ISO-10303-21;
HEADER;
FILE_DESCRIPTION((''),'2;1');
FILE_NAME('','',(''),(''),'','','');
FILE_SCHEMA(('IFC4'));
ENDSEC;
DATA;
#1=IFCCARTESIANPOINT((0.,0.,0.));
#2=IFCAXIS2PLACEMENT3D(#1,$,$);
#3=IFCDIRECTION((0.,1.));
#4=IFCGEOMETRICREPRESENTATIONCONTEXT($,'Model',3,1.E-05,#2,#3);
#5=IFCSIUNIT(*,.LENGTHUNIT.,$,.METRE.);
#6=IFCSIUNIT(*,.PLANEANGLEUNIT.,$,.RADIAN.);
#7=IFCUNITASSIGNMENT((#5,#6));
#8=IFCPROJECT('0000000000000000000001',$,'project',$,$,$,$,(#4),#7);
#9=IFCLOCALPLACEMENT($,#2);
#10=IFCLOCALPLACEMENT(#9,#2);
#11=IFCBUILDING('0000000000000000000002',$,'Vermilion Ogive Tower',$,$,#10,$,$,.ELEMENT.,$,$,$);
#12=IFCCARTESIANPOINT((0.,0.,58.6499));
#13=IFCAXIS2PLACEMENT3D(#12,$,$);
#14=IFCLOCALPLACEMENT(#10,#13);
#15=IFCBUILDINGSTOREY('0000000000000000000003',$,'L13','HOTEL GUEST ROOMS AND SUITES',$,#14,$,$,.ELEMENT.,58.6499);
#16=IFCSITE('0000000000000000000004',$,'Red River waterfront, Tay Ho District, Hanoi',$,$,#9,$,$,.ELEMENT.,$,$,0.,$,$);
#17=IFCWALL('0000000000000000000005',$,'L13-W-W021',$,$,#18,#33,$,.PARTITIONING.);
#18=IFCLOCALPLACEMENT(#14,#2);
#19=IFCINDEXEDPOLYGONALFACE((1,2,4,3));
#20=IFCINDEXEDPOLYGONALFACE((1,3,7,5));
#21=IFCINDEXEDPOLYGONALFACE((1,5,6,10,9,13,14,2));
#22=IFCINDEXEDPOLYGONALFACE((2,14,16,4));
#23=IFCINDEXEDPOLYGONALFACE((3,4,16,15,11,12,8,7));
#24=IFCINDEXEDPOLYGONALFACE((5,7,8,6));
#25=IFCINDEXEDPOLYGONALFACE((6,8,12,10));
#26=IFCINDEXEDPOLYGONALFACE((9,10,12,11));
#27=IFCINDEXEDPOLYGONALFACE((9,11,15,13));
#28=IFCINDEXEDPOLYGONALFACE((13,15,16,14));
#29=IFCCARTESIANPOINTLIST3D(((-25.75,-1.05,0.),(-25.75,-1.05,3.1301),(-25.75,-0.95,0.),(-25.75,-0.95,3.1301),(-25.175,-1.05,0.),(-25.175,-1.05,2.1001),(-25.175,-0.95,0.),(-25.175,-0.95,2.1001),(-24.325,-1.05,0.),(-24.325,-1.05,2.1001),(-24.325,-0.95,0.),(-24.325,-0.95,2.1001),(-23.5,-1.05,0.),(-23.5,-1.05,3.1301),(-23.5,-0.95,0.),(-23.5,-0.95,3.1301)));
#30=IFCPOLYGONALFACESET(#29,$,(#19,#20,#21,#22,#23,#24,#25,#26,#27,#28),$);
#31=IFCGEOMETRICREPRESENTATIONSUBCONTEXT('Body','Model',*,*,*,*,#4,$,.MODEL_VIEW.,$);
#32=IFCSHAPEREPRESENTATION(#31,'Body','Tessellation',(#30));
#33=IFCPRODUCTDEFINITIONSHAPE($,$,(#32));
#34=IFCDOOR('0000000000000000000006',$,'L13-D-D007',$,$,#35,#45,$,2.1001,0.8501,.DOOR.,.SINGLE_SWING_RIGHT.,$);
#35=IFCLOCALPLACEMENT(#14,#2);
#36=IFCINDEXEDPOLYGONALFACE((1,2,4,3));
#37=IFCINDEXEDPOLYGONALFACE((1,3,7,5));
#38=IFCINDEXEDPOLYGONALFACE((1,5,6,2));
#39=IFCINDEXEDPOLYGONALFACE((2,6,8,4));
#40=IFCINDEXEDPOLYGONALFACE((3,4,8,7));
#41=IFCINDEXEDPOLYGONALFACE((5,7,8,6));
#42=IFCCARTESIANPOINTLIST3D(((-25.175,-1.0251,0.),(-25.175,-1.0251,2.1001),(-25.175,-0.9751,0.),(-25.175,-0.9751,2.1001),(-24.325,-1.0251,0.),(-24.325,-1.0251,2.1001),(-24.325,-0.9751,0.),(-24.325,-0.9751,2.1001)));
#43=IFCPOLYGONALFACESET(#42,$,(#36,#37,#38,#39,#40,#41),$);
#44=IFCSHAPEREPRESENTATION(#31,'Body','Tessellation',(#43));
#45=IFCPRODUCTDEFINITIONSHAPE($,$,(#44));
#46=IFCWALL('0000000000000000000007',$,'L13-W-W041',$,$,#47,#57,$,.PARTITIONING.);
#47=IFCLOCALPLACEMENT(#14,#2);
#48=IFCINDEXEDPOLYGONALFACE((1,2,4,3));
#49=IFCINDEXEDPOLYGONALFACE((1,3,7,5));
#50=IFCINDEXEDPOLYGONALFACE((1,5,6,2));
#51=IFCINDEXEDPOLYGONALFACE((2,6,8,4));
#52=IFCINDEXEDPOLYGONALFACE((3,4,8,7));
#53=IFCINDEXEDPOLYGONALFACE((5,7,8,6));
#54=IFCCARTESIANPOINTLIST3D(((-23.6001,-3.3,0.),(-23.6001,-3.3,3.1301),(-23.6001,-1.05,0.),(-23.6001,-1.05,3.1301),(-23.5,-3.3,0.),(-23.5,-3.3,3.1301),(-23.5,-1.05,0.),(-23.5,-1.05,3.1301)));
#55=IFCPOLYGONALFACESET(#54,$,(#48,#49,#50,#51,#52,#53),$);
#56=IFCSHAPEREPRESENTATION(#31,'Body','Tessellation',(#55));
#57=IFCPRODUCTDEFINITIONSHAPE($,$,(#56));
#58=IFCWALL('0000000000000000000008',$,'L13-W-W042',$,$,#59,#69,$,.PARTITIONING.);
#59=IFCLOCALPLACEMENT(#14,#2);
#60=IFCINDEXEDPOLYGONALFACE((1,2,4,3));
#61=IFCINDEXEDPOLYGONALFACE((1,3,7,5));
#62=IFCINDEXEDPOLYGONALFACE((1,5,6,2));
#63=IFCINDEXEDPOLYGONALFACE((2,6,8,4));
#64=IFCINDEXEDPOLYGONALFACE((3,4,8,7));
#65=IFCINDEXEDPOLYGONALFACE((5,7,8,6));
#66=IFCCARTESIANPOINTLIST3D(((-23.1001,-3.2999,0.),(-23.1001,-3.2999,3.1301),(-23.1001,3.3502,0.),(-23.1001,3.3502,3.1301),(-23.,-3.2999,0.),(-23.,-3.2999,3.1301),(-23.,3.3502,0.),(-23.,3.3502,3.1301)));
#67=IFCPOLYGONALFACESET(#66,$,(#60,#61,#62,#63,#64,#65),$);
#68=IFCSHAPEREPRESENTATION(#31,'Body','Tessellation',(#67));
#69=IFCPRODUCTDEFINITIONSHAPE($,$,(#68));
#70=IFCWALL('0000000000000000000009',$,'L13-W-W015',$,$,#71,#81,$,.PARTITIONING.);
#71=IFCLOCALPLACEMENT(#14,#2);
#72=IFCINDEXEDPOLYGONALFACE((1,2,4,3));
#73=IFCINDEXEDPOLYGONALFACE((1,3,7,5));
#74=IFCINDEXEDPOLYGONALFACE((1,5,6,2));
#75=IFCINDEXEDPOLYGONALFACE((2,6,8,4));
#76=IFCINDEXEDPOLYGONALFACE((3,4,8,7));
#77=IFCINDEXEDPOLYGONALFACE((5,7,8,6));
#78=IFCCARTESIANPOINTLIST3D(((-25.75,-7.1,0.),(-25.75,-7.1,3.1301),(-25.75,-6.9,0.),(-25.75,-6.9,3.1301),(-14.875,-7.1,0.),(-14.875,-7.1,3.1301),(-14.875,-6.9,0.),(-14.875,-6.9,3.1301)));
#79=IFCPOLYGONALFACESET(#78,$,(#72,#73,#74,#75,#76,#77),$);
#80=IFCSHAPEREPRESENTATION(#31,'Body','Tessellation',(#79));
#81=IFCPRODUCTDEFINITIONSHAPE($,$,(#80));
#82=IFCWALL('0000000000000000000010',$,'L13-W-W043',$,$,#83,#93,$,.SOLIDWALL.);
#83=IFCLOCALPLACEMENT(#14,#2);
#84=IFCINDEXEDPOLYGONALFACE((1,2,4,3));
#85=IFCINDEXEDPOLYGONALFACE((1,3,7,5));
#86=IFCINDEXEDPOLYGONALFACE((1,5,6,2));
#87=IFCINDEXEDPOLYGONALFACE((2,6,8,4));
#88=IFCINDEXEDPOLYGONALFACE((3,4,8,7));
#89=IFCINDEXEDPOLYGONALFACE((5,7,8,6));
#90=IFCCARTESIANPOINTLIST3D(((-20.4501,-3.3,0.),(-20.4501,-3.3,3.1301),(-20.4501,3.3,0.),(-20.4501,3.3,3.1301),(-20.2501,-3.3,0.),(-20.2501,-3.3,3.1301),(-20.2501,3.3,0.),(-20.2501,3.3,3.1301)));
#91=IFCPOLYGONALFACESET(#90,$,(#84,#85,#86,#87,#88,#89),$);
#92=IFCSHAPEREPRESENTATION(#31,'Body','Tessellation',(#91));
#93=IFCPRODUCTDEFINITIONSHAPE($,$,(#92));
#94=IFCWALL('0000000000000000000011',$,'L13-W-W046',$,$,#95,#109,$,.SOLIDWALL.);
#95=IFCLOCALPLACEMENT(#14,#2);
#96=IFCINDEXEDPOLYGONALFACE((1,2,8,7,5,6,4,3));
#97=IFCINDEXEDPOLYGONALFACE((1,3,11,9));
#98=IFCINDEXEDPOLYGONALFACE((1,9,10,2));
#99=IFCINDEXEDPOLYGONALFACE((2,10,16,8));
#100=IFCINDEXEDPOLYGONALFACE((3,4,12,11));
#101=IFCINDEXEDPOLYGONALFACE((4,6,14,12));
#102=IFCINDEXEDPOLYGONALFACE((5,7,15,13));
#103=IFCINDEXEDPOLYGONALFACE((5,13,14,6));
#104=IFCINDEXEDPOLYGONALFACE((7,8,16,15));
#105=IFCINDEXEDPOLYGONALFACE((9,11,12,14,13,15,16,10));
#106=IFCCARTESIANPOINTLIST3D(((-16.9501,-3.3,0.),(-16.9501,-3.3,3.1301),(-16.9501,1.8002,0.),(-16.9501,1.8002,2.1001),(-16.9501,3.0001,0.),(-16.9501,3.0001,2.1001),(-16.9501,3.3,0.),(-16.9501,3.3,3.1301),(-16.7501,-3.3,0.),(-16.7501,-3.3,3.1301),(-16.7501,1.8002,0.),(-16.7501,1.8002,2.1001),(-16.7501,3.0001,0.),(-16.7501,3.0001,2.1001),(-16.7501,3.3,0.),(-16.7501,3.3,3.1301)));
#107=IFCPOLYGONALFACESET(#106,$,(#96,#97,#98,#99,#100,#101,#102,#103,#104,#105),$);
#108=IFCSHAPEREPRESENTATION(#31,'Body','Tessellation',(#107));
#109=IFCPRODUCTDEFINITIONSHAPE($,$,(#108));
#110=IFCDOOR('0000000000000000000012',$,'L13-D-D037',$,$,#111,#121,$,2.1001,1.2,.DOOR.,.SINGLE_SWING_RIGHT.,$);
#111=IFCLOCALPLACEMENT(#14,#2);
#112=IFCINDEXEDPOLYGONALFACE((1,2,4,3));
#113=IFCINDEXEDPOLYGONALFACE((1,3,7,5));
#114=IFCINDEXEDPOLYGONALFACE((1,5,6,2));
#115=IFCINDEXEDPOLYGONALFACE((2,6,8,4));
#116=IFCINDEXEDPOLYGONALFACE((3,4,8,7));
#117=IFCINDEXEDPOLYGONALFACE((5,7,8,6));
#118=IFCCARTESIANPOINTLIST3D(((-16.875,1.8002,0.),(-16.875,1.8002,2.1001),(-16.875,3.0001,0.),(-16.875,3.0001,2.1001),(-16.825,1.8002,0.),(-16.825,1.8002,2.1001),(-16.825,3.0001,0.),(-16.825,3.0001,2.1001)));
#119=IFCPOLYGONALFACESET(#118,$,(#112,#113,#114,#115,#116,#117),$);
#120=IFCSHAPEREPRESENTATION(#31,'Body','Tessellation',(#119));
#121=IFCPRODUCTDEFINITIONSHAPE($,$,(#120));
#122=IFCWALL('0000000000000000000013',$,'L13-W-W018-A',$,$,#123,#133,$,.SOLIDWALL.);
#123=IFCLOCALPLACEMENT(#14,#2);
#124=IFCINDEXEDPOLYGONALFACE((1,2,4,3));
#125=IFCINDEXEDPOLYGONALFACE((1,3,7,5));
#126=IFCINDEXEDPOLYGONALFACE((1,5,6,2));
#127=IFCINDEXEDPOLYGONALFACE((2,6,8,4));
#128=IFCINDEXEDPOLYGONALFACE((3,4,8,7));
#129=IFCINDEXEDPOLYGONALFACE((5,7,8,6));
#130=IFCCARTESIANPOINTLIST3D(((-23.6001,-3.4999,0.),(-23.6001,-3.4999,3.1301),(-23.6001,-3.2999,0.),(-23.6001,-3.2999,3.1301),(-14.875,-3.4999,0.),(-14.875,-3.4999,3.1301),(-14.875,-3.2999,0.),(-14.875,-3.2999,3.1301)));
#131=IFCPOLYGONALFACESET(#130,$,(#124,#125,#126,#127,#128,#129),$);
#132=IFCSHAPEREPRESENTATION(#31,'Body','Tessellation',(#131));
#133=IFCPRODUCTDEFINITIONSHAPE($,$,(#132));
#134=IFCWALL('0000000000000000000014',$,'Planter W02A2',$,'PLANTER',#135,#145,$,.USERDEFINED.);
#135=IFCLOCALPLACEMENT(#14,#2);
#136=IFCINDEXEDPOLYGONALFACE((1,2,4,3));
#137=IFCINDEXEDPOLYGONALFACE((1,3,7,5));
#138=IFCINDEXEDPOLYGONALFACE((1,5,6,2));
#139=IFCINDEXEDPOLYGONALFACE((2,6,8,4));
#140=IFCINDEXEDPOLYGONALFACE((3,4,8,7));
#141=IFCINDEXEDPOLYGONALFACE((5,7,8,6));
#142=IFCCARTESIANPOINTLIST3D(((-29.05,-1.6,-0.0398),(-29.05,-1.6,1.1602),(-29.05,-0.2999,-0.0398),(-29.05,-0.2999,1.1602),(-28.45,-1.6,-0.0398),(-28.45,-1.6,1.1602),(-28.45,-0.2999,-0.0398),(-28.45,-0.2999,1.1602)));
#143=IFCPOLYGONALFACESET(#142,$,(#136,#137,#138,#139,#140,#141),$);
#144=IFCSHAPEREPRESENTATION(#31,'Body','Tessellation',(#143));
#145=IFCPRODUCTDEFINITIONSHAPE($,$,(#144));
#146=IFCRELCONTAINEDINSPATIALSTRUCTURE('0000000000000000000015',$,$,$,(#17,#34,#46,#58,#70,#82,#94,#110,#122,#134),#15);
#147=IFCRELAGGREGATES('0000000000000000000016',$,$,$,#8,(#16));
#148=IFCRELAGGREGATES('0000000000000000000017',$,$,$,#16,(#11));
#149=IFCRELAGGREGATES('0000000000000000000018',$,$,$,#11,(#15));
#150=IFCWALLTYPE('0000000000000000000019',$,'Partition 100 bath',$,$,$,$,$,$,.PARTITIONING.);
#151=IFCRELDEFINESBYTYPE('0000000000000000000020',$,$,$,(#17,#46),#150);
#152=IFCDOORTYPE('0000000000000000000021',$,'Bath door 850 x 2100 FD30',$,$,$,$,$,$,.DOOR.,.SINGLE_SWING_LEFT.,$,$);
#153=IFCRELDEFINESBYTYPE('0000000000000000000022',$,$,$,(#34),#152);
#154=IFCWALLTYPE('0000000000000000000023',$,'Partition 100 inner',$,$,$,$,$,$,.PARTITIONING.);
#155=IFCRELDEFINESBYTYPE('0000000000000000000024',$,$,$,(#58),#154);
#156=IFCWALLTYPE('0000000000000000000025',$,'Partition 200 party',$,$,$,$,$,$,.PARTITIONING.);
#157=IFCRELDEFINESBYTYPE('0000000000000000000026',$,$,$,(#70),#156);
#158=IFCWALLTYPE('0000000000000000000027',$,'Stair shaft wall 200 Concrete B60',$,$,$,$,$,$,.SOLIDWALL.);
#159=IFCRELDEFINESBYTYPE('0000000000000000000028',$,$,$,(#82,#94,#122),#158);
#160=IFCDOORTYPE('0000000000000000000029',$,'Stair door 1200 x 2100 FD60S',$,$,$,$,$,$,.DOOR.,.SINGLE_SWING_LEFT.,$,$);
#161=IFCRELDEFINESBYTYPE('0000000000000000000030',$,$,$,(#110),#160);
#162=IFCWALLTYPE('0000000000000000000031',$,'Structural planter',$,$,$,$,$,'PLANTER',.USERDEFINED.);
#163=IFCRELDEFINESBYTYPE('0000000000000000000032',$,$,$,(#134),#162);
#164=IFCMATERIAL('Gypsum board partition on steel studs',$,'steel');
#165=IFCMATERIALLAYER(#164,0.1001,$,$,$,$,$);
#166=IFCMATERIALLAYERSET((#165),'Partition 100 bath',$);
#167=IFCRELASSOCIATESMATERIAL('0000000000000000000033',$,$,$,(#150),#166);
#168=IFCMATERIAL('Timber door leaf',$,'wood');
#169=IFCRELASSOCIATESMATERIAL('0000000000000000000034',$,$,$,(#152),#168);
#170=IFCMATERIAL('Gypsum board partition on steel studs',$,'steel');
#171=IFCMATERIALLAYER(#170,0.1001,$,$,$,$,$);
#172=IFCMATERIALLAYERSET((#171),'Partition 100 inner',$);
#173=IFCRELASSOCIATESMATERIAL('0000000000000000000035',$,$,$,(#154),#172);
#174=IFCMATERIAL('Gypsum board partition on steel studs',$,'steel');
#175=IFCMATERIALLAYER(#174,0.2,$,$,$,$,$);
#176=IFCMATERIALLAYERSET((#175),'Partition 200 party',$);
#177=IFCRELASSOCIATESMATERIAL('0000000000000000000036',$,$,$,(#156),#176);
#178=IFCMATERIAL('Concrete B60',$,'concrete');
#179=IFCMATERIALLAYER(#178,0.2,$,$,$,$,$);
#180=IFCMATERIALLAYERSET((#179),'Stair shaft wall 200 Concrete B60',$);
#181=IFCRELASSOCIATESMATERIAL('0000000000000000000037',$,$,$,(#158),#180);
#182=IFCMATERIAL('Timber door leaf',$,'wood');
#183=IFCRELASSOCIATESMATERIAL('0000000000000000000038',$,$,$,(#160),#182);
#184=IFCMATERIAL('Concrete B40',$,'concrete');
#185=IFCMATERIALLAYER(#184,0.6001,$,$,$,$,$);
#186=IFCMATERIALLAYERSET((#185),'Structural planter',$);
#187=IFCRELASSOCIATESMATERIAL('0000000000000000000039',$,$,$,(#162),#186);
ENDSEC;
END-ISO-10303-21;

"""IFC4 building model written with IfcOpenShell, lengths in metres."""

from ifc_helpers import new_model, si_unit, direction, frame, frame_2d, origin, place, context, subcontext, project, spatial, rectangle, extrude, material, layer, layer_set, type_object, element, fill, save


model = new_model("IFC4")

# Units and contexts
model_context = context("Model", 3, precision=1e-05, world=origin(), true_north=direction((0.0, 1.0)))
body_context = subcontext(model_context, "Body", "Model", "MODEL_VIEW")
ifc_project = project(units=[si_unit("LENGTHUNIT", "METRE"), si_unit("PLANEANGLEUNIT", "RADIAN")], contexts=[model_context])

# Site, building, storey
site_placement = place(None, origin())
site = spatial("IfcSite", under=ifc_project, at=site_placement, Name="Red River waterfront, Tay Ho District, Hanoi", CompositionType="ELEMENT", RefElevation=0.0)
building_placement = place(site_placement, origin())
building = spatial("IfcBuilding", under=site, at=building_placement, Name="Vermilion Ogive Tower", CompositionType="ELEMENT")
storey_placement = place(building_placement, frame((0.0, 0.0, 58.6499)))
storey = spatial("IfcBuildingStorey", under=building, at=storey_placement, Name="L13", Description="HOTEL GUEST ROOMS AND SUITES", CompositionType="ELEMENT", Elevation=58.6499)

# Shared definitions
ifc_material_1 = material(Name="Gypsum board partition on steel studs", Category="steel")
ifc_layer_1 = layer(ifc_material_1, 0.1001)
ifc_layer_set_1 = layer_set([ifc_layer_1], Name="Partition 100 bath")
wall_type_1 = type_object("IfcWallType", Name="Partition 100 bath", PredefinedType="PARTITIONING", material=ifc_layer_set_1)

# Wall, opening, door
wall_1_placement = place(storey_placement, frame((-25.75, -1.0, 0.0), z_axis=(0.0, 0.0, 1.0), x_axis=(1.0, 0.0, 0.0)))
wall_1 = element("IfcWall", 1, at=wall_1_placement, inside=storey, type_object=wall_type_1, Name="L13-W-W021", PredefinedType="PARTITIONING", context=body_context, shape_type="SweptSolid", body=[
    extrude(rectangle(XDim=2.25, YDim=0.1001, at=frame_2d((1.125, 0.0))), origin(), (0.0, 0.0, 1.0), 3.1301),
])
opening_1_placement = place(wall_1_placement, frame((0.575, 0.0, 0.0)))
opening_1 = element("IfcOpeningElement", 2, at=opening_1_placement, cuts=wall_1, PredefinedType="OPENING", context=body_context, shape_type="SweptSolid", body=[
    extrude(rectangle(XDim=0.8501, YDim=2.1001, at=frame_2d((0.425, 1.05))), frame((0.0, 0.0601, 0.0), z_axis=(0.0, -1.0, 0.0), x_axis=(1.0, 0.0, 0.0)), (0.0, 0.0, 1.0), 0.1201),
])
ifc_material_2 = material(Name="Timber door leaf", Category="wood")
door_type_1 = type_object("IfcDoorType", Name="Bath door 850 x 2100 FD30", OperationType="SINGLE_SWING_LEFT", PredefinedType="DOOR", material=ifc_material_2)
door_1_placement = place(opening_1_placement, origin())
door_1 = element("IfcDoor", 3, at=door_1_placement, inside=storey, type_object=door_type_1, Name="L13-D-D007", OperationType="SINGLE_SWING_RIGHT", OverallHeight=2.1001, OverallWidth=0.8501, PredefinedType="DOOR", context=body_context, shape_type="SweptSolid", body=[
    extrude(rectangle(XDim=0.8501, YDim=2.1001, at=frame_2d((0.425, 1.05))), frame((0.0, 0.0249, 0.0), z_axis=(0.0, -1.0, 0.0), x_axis=(1.0, 0.0, 0.0)), (0.0, 0.0, 1.0), 0.05),
])
fill(opening_1, door_1)

# Walls
wall_2_placement = place(storey_placement, frame((-23.55, -3.3, 0.0), z_axis=(0.0, 0.0, 1.0), x_axis=(0.0, 1.0, 0.0)))
element("IfcWall", 4, at=wall_2_placement, inside=storey, type_object=wall_type_1, Name="L13-W-W041", PredefinedType="PARTITIONING", context=body_context, shape_type="SweptSolid", body=[
    extrude(rectangle(XDim=2.25, YDim=0.1001, at=frame_2d((1.125, 0.0))), origin(), (0.0, 0.0, 1.0), 3.1301),
])
ifc_material_3 = material(Name="Gypsum board partition on steel studs", Category="steel")
ifc_layer_2 = layer(ifc_material_3, 0.1001)
ifc_layer_set_2 = layer_set([ifc_layer_2], Name="Partition 100 inner")
wall_type_2 = type_object("IfcWallType", Name="Partition 100 inner", PredefinedType="PARTITIONING", material=ifc_layer_set_2)
wall_3_placement = place(storey_placement, frame((-23.05, -3.3, 0.0), z_axis=(0.0, 0.0, 1.0), x_axis=(0.0, 1.0, 0.0)))
element("IfcWall", 5, at=wall_3_placement, inside=storey, type_object=wall_type_2, Name="L13-W-W042", PredefinedType="PARTITIONING", context=body_context, shape_type="SweptSolid", body=[
    extrude(rectangle(XDim=6.6501, YDim=0.1001, at=frame_2d((3.3252, 0.0))), origin(), (0.0, 0.0, 1.0), 3.1301),
])
ifc_material_4 = material(Name="Gypsum board partition on steel studs", Category="steel")
ifc_layer_3 = layer(ifc_material_4, 0.2)
ifc_layer_set_3 = layer_set([ifc_layer_3], Name="Partition 200 party")
wall_type_3 = type_object("IfcWallType", Name="Partition 200 party", PredefinedType="PARTITIONING", material=ifc_layer_set_3)
wall_4_placement = place(storey_placement, frame((-25.75, -7.0, 0.0), z_axis=(0.0, 0.0, 1.0), x_axis=(1.0, 0.0, 0.0)))
element("IfcWall", 6, at=wall_4_placement, inside=storey, type_object=wall_type_3, Name="L13-W-W015", PredefinedType="PARTITIONING", context=body_context, shape_type="SweptSolid", body=[
    extrude(rectangle(XDim=10.875, YDim=0.2, at=frame_2d((5.4375, 0.0))), origin(), (0.0, 0.0, 1.0), 3.1301),
])
ifc_material_5 = material(Name="Concrete B60", Category="concrete")
ifc_layer_4 = layer(ifc_material_5, 0.2)
ifc_layer_set_4 = layer_set([ifc_layer_4], Name="Stair shaft wall 200 Concrete B60")
wall_type_4 = type_object("IfcWallType", Name="Stair shaft wall 200 Concrete B60", PredefinedType="SOLIDWALL", material=ifc_layer_set_4)
wall_5_placement = place(storey_placement, frame((-20.3501, -3.3, 0.0), z_axis=(0.0, 0.0, 1.0), x_axis=(0.0, 1.0, 0.0)))
element("IfcWall", 7, at=wall_5_placement, inside=storey, type_object=wall_type_4, Name="L13-W-W043", PredefinedType="SOLIDWALL", context=body_context, shape_type="SweptSolid", body=[
    extrude(rectangle(XDim=6.6001, YDim=0.2, at=frame_2d((3.3, 0.0))), origin(), (0.0, 0.0, 1.0), 3.1301),
])

# Wall, opening, door
wall_6_placement = place(storey_placement, frame((-16.8501, -3.3, 0.0), z_axis=(0.0, 0.0, 1.0), x_axis=(0.0, 1.0, 0.0)))
wall_6 = element("IfcWall", 8, at=wall_6_placement, inside=storey, type_object=wall_type_4, Name="L13-W-W046", PredefinedType="SOLIDWALL", context=body_context, shape_type="SweptSolid", body=[
    extrude(rectangle(XDim=6.6001, YDim=0.2, at=frame_2d((3.3, 0.0))), origin(), (0.0, 0.0, 1.0), 3.1301),
])
opening_2_placement = place(wall_6_placement, frame((5.1001, 0.0, 0.0)))
opening_2 = element("IfcOpeningElement", 9, at=opening_2_placement, cuts=wall_6, PredefinedType="OPENING", context=body_context, shape_type="SweptSolid", body=[
    extrude(rectangle(XDim=1.2, YDim=2.1001, at=frame_2d((0.6001, 1.05))), frame((0.0, 0.1099, 0.0), z_axis=(0.0, -1.0, 0.0), x_axis=(1.0, 0.0, 0.0)), (0.0, 0.0, 1.0), 0.22),
])
ifc_material_6 = material(Name="Timber door leaf", Category="wood")
door_type_2 = type_object("IfcDoorType", Name="Stair door 1200 x 2100 FD60S", OperationType="SINGLE_SWING_LEFT", PredefinedType="DOOR", material=ifc_material_6)
door_2_placement = place(opening_2_placement, origin())
door_2 = element("IfcDoor", 10, at=door_2_placement, inside=storey, type_object=door_type_2, Name="L13-D-D037", OperationType="SINGLE_SWING_RIGHT", OverallHeight=2.1001, OverallWidth=1.2, PredefinedType="DOOR", context=body_context, shape_type="SweptSolid", body=[
    extrude(rectangle(XDim=1.2, YDim=2.1001, at=frame_2d((0.6001, 1.05))), frame((0.0, 0.0249, 0.0), z_axis=(0.0, -1.0, 0.0), x_axis=(1.0, 0.0, 0.0)), (0.0, 0.0, 1.0), 0.05),
])
fill(opening_2, door_2)

# Walls
wall_7_placement = place(storey_placement, frame((-23.6001, -3.3999, 0.0), z_axis=(0.0, 0.0, 1.0), x_axis=(1.0, 0.0, 0.0)))
element("IfcWall", 11, at=wall_7_placement, inside=storey, type_object=wall_type_4, Name="L13-W-W018-A", PredefinedType="SOLIDWALL", context=body_context, shape_type="SweptSolid", body=[
    extrude(rectangle(XDim=8.7251, YDim=0.2, at=frame_2d((4.3625, 0.0))), origin(), (0.0, 0.0, 1.0), 3.1301),
])
ifc_material_7 = material(Name="Concrete B40", Category="concrete")
ifc_layer_5 = layer(ifc_material_7, 0.6001)
ifc_layer_set_5 = layer_set([ifc_layer_5], Name="Structural planter")
wall_type_5 = type_object("IfcWallType", Name="Structural planter", ElementType="PLANTER", PredefinedType="USERDEFINED", material=ifc_layer_set_5)
wall_8_placement = place(storey_placement, frame((-28.75, -0.3, -0.0398), z_axis=(0.0, 0.0, 1.0), x_axis=(0.0, -1.0, 0.0)))
element("IfcWall", 12, at=wall_8_placement, inside=storey, type_object=wall_type_5, Name="Planter W02A2", ObjectType="PLANTER", PredefinedType="USERDEFINED", context=body_context, shape_type="SweptSolid", body=[
    extrude(rectangle(XDim=1.3, YDim=0.6001, at=frame_2d((0.6499, 0.0))), origin(), (0.0, 0.0, 1.0), 1.2),
])

save(model, "model.ifc")
